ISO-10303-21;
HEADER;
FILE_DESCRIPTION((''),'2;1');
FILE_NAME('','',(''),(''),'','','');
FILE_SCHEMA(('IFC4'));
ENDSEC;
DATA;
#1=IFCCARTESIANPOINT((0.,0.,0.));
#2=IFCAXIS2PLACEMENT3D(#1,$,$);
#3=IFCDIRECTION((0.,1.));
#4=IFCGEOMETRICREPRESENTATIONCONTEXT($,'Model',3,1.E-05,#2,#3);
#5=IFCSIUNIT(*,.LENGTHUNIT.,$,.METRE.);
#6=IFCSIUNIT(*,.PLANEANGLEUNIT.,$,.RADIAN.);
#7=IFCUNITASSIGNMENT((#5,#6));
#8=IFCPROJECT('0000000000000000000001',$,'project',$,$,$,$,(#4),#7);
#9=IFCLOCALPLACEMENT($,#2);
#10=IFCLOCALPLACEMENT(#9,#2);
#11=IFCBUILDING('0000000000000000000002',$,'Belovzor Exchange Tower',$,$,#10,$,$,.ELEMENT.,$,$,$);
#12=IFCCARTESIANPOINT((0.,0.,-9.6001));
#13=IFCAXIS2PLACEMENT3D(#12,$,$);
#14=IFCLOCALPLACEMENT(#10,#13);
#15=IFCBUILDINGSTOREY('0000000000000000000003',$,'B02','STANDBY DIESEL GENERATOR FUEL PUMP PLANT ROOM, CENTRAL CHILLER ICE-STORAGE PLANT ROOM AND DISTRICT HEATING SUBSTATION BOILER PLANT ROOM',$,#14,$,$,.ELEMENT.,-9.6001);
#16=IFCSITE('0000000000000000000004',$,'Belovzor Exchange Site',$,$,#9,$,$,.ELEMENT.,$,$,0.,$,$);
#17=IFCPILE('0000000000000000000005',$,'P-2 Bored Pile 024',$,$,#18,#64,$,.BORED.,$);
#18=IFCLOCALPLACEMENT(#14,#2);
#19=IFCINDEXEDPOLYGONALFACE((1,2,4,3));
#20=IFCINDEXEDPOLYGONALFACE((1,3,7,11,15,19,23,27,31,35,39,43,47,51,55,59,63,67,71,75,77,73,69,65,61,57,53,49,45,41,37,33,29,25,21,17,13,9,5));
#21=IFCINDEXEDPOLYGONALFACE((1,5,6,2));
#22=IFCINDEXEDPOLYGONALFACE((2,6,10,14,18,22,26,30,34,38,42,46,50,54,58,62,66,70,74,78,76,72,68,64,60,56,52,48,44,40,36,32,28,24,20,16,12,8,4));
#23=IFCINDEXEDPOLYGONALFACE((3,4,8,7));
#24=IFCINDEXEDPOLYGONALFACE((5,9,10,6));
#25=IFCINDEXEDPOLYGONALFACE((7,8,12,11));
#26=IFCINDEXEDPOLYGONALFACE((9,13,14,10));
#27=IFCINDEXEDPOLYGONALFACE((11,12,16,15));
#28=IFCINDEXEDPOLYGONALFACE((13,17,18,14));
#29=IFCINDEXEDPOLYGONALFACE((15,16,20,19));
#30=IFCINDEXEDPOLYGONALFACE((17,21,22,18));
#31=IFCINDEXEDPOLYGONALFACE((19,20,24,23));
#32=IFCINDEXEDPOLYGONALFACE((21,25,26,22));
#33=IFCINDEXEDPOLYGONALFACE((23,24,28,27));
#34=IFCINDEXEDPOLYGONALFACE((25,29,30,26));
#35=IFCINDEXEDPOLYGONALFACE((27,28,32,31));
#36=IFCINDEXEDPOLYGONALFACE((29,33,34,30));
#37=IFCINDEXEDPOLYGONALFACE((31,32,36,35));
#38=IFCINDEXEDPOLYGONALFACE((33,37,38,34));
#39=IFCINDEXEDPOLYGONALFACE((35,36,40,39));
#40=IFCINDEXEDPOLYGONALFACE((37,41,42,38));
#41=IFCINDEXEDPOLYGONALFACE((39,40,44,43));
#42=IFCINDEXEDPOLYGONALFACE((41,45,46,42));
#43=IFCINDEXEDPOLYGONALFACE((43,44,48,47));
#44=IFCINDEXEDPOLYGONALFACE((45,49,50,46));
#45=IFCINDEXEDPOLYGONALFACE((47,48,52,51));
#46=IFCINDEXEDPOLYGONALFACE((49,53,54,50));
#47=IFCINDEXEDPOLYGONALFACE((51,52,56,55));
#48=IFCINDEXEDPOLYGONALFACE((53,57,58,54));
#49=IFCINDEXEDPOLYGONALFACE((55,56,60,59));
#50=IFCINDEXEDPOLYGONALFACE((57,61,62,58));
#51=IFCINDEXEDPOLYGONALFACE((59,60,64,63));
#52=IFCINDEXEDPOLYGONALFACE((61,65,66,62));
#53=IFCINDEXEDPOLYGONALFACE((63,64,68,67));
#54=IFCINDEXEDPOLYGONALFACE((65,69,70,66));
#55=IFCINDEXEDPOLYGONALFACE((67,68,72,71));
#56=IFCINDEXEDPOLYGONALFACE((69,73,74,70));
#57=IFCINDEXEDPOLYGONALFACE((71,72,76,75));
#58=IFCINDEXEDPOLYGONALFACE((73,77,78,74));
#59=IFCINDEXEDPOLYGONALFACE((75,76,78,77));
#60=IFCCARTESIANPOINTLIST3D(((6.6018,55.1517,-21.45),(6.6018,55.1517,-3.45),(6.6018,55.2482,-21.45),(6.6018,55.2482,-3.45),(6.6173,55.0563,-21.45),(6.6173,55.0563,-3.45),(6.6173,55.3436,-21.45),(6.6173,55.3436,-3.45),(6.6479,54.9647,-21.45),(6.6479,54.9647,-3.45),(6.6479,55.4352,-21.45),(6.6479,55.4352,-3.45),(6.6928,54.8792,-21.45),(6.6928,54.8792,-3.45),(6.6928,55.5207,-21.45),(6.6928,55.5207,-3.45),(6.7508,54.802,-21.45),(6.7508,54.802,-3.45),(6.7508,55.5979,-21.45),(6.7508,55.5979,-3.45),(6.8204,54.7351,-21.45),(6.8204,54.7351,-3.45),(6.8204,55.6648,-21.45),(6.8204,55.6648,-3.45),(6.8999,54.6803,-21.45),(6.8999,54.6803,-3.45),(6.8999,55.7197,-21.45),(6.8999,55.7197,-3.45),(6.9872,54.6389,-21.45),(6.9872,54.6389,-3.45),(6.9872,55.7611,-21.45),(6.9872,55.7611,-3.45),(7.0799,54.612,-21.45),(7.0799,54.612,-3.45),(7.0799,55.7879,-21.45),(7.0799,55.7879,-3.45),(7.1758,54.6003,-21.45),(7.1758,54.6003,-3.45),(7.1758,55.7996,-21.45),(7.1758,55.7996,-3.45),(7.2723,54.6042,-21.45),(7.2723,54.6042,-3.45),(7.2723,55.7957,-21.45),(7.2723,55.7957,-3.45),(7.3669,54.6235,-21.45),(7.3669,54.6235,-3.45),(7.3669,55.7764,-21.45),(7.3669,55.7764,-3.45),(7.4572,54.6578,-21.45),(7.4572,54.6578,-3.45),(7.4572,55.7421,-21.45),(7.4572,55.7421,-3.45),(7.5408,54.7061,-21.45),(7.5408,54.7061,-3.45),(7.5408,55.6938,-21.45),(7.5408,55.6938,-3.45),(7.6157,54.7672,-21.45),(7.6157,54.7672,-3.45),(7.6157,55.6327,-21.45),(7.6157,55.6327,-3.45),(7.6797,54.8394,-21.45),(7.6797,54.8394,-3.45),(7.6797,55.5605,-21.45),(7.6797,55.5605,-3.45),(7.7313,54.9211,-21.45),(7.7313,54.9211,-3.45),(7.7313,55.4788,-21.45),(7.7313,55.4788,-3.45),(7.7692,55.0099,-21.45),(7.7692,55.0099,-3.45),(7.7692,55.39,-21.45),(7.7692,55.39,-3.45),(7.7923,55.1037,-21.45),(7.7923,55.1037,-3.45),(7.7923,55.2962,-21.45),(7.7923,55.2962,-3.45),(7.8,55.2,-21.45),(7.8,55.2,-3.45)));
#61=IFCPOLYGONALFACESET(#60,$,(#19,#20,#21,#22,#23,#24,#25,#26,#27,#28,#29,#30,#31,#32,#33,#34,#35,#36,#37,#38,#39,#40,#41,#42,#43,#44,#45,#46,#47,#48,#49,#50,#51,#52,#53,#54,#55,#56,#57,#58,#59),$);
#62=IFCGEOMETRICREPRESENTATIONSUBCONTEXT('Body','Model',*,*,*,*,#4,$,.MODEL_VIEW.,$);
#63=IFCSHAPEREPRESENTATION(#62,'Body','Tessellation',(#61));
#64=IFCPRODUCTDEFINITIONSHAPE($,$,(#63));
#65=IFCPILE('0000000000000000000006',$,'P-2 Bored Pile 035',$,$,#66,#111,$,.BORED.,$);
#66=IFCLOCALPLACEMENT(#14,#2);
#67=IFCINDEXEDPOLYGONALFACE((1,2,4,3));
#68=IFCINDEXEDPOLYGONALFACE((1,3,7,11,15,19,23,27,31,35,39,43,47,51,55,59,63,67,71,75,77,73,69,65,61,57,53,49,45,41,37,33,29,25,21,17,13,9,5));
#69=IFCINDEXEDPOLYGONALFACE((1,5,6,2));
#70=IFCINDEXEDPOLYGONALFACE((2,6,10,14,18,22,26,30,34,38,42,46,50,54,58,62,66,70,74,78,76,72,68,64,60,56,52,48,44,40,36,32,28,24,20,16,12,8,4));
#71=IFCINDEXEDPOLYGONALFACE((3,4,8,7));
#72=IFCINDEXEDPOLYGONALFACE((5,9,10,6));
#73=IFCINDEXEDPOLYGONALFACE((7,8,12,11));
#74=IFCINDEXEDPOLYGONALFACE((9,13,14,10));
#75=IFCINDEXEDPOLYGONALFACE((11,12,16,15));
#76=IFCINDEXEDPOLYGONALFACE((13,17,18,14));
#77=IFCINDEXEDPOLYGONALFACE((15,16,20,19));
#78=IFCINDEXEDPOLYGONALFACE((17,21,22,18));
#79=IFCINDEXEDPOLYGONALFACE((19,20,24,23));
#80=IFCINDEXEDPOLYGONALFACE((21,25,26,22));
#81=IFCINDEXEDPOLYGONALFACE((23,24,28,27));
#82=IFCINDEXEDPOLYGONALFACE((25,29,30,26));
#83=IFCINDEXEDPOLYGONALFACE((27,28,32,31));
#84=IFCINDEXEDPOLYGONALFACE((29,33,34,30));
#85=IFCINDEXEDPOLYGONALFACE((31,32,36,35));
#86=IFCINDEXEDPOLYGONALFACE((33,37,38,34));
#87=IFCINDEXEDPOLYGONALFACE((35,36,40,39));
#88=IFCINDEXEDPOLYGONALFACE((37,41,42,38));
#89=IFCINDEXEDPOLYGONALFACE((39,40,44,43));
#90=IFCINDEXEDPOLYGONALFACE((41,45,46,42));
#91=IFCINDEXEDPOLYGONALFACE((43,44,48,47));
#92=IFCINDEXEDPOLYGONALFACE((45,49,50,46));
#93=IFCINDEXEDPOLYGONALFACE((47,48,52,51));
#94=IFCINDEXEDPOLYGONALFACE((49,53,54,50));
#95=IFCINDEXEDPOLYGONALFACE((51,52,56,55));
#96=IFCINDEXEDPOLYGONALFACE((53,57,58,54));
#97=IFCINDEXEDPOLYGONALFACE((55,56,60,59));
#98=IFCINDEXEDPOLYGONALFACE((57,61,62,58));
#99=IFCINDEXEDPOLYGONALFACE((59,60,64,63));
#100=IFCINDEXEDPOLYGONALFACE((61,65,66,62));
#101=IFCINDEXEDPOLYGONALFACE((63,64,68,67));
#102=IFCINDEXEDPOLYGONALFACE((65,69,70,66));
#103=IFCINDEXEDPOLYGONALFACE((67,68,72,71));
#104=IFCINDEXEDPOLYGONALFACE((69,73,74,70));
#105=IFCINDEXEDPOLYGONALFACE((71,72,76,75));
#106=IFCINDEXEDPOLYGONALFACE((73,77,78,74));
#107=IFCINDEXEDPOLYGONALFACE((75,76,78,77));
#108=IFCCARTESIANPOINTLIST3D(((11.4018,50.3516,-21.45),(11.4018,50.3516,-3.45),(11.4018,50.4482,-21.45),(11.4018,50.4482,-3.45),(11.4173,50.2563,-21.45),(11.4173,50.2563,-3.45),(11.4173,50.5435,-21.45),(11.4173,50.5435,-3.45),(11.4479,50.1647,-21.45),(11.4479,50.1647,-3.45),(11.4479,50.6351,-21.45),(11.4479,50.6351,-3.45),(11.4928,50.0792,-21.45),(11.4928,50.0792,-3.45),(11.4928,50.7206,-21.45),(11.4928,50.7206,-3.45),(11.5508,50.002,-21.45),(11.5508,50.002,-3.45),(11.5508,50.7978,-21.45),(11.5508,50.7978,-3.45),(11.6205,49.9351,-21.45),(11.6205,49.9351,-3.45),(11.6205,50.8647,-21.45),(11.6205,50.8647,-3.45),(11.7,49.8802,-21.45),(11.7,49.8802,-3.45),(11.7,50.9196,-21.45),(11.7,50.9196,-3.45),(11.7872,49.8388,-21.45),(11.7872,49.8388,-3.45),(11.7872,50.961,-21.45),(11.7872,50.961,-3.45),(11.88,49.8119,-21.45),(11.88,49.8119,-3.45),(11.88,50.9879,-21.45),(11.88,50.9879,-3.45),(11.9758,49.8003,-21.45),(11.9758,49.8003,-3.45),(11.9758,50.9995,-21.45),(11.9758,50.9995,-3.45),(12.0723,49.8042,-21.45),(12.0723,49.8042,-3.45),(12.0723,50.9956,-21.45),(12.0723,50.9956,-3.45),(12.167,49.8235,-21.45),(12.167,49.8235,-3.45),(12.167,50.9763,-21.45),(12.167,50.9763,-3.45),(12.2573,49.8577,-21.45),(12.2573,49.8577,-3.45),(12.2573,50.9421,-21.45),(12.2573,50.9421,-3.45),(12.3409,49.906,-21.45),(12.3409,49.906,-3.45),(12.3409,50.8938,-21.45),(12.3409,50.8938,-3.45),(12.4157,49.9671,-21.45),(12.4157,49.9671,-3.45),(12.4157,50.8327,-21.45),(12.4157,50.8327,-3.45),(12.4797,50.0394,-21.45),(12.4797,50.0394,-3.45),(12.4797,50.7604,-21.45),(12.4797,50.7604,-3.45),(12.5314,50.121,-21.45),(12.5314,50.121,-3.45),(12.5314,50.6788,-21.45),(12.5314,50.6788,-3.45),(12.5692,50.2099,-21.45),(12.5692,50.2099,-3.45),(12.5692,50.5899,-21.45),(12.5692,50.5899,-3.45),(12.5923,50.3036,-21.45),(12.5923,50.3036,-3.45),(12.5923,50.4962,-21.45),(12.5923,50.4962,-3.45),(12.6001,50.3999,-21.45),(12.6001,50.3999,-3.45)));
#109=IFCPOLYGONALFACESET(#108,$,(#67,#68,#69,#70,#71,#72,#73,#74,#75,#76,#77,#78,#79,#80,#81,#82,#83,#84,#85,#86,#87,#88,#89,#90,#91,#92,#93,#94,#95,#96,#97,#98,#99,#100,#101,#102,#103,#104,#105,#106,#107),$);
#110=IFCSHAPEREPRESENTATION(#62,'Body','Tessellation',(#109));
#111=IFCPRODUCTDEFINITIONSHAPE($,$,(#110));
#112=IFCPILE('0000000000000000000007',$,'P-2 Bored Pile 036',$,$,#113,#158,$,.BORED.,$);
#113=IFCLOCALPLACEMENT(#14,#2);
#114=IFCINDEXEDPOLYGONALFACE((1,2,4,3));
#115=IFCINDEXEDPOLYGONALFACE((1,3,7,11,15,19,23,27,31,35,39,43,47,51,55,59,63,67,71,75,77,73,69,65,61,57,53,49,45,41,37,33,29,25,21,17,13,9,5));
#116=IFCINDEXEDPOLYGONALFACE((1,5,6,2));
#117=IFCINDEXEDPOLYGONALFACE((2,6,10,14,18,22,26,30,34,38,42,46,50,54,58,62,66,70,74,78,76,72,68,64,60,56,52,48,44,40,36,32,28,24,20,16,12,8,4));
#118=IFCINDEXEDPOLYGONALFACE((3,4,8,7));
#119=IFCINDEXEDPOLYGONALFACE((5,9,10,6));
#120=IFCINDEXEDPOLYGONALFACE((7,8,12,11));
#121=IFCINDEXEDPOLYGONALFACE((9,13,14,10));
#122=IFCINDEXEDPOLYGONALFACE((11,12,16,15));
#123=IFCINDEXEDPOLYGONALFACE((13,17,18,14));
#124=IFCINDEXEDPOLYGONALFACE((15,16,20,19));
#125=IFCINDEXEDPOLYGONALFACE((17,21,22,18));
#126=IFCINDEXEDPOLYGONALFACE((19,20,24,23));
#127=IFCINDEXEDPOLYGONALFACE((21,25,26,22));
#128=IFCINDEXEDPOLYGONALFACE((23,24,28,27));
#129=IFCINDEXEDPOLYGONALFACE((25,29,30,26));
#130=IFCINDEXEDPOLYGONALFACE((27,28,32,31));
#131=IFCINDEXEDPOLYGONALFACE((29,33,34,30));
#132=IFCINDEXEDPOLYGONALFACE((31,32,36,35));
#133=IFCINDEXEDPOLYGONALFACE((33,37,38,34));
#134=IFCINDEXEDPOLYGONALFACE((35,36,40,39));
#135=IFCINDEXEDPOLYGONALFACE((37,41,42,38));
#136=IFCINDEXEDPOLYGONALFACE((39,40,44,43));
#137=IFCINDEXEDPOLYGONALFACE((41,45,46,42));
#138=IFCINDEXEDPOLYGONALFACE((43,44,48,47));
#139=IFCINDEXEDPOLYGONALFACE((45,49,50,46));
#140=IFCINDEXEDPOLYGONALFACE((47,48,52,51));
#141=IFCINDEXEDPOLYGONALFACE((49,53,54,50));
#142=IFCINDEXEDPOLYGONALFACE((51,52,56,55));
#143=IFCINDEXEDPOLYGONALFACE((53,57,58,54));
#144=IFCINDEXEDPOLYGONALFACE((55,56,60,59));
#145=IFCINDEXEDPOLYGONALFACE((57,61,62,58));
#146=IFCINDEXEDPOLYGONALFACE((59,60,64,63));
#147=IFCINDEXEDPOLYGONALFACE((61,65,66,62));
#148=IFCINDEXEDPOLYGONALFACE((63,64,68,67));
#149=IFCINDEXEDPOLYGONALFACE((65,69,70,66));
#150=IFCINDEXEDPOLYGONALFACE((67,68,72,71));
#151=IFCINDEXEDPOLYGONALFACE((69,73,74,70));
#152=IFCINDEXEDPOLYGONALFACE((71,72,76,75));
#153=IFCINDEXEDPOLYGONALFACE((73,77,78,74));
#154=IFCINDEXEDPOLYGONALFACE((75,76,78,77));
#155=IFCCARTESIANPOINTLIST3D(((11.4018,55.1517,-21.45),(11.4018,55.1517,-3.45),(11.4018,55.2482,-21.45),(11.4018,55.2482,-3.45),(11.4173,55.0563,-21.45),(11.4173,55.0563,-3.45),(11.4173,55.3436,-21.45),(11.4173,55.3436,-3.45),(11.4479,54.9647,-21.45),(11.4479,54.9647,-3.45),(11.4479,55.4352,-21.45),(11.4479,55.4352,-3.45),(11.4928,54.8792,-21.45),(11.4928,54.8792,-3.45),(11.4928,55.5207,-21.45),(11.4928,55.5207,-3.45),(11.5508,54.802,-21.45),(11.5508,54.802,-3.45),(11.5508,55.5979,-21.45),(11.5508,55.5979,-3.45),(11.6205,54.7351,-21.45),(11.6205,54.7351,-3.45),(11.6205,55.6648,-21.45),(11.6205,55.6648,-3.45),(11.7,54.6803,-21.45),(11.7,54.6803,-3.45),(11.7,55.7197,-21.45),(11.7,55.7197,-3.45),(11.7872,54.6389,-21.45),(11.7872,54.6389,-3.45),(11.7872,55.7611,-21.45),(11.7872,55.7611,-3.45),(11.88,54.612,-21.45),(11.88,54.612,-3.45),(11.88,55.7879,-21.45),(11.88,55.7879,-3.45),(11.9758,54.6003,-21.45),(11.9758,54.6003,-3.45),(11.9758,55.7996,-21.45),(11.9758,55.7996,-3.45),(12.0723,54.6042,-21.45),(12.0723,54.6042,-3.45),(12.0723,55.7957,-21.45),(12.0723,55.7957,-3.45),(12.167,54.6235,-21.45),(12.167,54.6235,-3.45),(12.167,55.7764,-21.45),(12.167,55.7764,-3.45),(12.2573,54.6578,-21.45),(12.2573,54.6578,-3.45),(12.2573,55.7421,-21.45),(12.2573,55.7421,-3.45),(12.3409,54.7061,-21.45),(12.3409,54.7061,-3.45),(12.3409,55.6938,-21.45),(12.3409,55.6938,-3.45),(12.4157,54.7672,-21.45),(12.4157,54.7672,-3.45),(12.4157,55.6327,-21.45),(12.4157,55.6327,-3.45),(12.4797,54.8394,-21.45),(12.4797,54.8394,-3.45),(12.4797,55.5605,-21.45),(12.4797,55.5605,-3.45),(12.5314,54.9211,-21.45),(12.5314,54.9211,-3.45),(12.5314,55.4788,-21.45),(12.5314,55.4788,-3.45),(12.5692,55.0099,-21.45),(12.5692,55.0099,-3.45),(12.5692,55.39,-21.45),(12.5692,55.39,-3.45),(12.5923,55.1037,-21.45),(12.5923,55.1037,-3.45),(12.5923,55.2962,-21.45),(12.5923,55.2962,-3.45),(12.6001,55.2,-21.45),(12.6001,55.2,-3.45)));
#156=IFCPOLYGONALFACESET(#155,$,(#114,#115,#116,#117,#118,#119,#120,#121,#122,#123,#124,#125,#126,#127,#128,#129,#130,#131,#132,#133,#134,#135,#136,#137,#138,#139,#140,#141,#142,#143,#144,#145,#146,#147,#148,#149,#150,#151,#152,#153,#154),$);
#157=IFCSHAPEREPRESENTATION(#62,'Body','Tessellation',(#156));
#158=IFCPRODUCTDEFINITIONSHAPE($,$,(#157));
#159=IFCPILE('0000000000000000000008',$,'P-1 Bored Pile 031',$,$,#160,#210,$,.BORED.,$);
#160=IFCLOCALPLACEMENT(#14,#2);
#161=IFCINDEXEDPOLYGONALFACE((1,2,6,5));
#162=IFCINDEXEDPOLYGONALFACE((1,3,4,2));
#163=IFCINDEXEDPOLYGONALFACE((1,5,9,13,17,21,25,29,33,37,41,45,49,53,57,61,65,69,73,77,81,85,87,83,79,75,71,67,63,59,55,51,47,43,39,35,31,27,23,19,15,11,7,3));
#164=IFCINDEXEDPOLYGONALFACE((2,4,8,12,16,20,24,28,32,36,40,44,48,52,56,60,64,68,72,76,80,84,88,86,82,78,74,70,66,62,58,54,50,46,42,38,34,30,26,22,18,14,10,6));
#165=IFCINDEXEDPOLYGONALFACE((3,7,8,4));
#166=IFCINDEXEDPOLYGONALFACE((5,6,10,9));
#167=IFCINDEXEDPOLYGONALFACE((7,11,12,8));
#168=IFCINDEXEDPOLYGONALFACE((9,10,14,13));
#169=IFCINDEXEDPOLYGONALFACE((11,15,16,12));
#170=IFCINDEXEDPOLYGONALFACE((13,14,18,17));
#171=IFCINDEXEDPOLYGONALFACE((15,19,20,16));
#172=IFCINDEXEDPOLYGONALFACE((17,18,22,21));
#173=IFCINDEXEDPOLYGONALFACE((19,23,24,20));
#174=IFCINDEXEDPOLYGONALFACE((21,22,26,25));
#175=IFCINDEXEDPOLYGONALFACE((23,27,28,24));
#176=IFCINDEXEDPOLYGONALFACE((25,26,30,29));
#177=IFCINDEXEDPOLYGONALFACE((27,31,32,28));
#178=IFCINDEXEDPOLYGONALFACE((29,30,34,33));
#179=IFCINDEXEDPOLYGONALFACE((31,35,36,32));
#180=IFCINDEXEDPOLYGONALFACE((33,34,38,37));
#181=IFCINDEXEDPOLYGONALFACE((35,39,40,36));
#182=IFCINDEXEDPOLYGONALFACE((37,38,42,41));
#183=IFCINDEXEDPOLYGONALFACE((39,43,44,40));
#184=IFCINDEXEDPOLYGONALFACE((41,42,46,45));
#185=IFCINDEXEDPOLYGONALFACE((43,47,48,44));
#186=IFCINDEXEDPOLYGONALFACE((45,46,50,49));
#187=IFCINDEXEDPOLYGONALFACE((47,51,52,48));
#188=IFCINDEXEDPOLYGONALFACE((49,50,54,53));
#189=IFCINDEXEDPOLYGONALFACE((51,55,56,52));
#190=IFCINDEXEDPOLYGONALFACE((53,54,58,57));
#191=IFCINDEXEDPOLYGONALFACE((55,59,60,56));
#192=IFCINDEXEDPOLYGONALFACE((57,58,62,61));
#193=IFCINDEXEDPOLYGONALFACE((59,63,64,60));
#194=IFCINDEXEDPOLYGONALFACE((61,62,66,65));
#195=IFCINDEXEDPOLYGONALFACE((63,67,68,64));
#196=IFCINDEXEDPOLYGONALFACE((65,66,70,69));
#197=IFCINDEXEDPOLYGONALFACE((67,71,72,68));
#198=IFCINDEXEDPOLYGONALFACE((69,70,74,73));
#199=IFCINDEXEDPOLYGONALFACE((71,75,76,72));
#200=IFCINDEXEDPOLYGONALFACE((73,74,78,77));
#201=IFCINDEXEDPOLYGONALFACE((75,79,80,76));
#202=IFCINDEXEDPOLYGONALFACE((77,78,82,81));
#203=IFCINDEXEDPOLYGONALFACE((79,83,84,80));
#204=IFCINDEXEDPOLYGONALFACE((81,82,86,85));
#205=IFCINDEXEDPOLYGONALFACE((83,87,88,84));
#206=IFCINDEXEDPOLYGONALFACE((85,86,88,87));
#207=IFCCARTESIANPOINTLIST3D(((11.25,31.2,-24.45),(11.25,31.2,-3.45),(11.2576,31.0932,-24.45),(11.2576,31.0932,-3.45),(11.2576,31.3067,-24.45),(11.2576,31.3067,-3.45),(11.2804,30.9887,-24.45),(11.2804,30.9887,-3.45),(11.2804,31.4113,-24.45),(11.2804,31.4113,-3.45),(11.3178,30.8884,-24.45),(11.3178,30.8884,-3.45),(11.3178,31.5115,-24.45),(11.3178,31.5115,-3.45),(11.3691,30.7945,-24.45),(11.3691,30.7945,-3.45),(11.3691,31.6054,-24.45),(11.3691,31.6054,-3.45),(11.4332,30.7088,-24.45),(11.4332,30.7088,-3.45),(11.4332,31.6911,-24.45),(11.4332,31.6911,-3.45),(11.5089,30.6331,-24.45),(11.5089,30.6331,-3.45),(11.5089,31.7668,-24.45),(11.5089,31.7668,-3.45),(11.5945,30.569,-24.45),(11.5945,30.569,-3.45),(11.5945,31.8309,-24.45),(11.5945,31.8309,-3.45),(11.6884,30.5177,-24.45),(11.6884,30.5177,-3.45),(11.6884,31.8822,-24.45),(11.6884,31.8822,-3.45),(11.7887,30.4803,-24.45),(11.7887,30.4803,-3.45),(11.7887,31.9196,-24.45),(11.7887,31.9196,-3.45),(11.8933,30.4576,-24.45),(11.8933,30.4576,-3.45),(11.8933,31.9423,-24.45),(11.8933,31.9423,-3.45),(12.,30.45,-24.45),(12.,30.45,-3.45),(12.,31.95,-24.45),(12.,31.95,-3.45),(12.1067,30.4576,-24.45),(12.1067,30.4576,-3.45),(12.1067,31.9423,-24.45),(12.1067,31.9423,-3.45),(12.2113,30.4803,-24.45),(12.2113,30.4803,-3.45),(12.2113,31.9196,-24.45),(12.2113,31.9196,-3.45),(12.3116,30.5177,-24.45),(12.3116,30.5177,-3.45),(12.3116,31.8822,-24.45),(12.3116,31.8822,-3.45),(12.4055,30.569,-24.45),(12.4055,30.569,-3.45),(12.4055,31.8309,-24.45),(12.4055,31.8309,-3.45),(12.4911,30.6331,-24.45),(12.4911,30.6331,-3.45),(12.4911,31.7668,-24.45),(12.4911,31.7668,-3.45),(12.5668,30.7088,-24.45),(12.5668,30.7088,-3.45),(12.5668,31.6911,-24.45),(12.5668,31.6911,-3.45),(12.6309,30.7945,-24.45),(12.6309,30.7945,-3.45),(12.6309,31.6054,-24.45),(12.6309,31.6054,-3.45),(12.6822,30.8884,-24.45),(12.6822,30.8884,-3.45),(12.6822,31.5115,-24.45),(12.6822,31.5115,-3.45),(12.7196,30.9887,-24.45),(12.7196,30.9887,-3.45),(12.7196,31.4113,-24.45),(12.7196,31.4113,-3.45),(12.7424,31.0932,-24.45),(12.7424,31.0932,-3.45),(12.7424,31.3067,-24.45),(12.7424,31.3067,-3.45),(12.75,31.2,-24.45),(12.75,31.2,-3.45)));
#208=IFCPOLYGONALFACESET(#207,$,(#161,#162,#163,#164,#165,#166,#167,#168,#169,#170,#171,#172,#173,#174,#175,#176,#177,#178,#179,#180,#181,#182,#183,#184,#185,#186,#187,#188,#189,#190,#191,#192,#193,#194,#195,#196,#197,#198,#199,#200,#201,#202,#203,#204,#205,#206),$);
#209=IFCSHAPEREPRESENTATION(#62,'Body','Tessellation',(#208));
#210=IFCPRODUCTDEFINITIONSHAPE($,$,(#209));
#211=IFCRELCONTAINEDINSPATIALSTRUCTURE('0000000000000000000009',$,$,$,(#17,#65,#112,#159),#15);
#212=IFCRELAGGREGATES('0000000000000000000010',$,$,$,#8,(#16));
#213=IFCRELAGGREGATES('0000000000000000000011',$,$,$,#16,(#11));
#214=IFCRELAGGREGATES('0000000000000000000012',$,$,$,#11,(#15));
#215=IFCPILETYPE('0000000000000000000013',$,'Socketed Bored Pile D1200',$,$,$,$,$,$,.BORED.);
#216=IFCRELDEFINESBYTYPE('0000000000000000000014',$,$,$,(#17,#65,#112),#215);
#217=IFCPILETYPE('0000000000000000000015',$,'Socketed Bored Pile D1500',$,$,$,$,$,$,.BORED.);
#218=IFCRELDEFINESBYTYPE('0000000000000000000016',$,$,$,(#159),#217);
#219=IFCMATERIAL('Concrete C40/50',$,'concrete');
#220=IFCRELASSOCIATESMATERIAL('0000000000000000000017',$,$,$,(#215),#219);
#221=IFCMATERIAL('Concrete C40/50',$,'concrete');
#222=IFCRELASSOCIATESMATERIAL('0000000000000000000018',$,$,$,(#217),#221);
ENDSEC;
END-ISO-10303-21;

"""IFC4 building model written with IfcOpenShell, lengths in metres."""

from ifc_helpers import new_model, si_unit, direction, frame, origin, origin_2d, place, context, subcontext, project, spatial, circle, extrude, material, material_profile, profile_set, type_object, element, save


model = new_model("IFC4")

# Units and contexts
model_context = context("Model", 3, precision=1e-05, world=origin(), true_north=direction((0.0, 1.0)))
body_context = subcontext(model_context, "Body", "Model", "MODEL_VIEW")
ifc_project = project(units=[si_unit("LENGTHUNIT", "METRE"), si_unit("PLANEANGLEUNIT", "RADIAN")], contexts=[model_context])

# Site, building, storey
site_placement = place(None, origin())
site = spatial("IfcSite", under=ifc_project, at=site_placement, Name="Belovzor Exchange Site", CompositionType="ELEMENT", RefElevation=0.0)
building_placement = place(site_placement, origin())
building = spatial("IfcBuilding", under=site, at=building_placement, Name="Belovzor Exchange Tower", CompositionType="ELEMENT")
storey_placement = place(building_placement, frame((0.0, 0.0, -9.6001)))
storey = spatial("IfcBuildingStorey", under=building, at=storey_placement, Name="B02", Description="STANDBY DIESEL GENERATOR FUEL PUMP PLANT ROOM, CENTRAL CHILLER ICE-STORAGE PLANT ROOM AND DISTRICT HEATING SUBSTATION BOILER PLANT ROOM", CompositionType="ELEMENT", Elevation=-9.6001)

# Piles
ifc_material_1 = material(Name="Concrete C40/50", Category="concrete")
ifc_material_profile_1 = material_profile(ifc_material_1, circle(Radius=0.6001, at=origin_2d()))
ifc_profile_set_1 = profile_set([ifc_material_profile_1], Name="Concrete C40/50")
pile_type_1 = type_object("IfcPileType", Name="Socketed Bored Pile D1200", PredefinedType="BORED", material=ifc_profile_set_1)
for number, where, z_axis, x_axis, name in (
    (1, (7.2, 55.2, -3.45), (0.0, 0.0, -1.0), (1.0, 0.0, 0.0), "P-2 Bored Pile 024"),
    (2, (12.0, 50.3999, -3.45), (0.0, 0.0, -1.0), (1.0, 0.0, 0.0), "P-2 Bored Pile 035"),
    (3, (12.0, 55.2, -3.45), (0.0, 0.0, -1.0), (1.0, 0.0, 0.0), "P-2 Bored Pile 036"),
):
    element("IfcPile", number, at=place(storey_placement, frame(where, z_axis=z_axis, x_axis=x_axis)), inside=storey, type_object=pile_type_1, Name=name, PredefinedType="BORED", context=body_context, shape_type="SweptSolid", body=[
        extrude(circle(Radius=0.6001, at=origin_2d()), origin(), (0.0, 0.0, 1.0), 18.0),
    ])
ifc_material_2 = material(Name="Concrete C40/50", Category="concrete")
ifc_material_profile_2 = material_profile(ifc_material_2, circle(Radius=0.75, at=origin_2d()))
ifc_profile_set_2 = profile_set([ifc_material_profile_2], Name="Concrete C40/50")
pile_type_2 = type_object("IfcPileType", Name="Socketed Bored Pile D1500", PredefinedType="BORED", material=ifc_profile_set_2)
for number, where, z_axis, x_axis, name in (
    (4, (12.0, 31.2, -3.45), (0.0, 0.0, -1.0), (1.0, 0.0, 0.0), "P-1 Bored Pile 031"),
):
    element("IfcPile", number, at=place(storey_placement, frame(where, z_axis=z_axis, x_axis=x_axis)), inside=storey, type_object=pile_type_2, Name=name, PredefinedType="BORED", context=body_context, shape_type="SweptSolid", body=[
        extrude(circle(Radius=0.75, at=origin_2d()), origin(), (0.0, 0.0, 1.0), 21.0),
    ])

save(model, "model.ifc")
